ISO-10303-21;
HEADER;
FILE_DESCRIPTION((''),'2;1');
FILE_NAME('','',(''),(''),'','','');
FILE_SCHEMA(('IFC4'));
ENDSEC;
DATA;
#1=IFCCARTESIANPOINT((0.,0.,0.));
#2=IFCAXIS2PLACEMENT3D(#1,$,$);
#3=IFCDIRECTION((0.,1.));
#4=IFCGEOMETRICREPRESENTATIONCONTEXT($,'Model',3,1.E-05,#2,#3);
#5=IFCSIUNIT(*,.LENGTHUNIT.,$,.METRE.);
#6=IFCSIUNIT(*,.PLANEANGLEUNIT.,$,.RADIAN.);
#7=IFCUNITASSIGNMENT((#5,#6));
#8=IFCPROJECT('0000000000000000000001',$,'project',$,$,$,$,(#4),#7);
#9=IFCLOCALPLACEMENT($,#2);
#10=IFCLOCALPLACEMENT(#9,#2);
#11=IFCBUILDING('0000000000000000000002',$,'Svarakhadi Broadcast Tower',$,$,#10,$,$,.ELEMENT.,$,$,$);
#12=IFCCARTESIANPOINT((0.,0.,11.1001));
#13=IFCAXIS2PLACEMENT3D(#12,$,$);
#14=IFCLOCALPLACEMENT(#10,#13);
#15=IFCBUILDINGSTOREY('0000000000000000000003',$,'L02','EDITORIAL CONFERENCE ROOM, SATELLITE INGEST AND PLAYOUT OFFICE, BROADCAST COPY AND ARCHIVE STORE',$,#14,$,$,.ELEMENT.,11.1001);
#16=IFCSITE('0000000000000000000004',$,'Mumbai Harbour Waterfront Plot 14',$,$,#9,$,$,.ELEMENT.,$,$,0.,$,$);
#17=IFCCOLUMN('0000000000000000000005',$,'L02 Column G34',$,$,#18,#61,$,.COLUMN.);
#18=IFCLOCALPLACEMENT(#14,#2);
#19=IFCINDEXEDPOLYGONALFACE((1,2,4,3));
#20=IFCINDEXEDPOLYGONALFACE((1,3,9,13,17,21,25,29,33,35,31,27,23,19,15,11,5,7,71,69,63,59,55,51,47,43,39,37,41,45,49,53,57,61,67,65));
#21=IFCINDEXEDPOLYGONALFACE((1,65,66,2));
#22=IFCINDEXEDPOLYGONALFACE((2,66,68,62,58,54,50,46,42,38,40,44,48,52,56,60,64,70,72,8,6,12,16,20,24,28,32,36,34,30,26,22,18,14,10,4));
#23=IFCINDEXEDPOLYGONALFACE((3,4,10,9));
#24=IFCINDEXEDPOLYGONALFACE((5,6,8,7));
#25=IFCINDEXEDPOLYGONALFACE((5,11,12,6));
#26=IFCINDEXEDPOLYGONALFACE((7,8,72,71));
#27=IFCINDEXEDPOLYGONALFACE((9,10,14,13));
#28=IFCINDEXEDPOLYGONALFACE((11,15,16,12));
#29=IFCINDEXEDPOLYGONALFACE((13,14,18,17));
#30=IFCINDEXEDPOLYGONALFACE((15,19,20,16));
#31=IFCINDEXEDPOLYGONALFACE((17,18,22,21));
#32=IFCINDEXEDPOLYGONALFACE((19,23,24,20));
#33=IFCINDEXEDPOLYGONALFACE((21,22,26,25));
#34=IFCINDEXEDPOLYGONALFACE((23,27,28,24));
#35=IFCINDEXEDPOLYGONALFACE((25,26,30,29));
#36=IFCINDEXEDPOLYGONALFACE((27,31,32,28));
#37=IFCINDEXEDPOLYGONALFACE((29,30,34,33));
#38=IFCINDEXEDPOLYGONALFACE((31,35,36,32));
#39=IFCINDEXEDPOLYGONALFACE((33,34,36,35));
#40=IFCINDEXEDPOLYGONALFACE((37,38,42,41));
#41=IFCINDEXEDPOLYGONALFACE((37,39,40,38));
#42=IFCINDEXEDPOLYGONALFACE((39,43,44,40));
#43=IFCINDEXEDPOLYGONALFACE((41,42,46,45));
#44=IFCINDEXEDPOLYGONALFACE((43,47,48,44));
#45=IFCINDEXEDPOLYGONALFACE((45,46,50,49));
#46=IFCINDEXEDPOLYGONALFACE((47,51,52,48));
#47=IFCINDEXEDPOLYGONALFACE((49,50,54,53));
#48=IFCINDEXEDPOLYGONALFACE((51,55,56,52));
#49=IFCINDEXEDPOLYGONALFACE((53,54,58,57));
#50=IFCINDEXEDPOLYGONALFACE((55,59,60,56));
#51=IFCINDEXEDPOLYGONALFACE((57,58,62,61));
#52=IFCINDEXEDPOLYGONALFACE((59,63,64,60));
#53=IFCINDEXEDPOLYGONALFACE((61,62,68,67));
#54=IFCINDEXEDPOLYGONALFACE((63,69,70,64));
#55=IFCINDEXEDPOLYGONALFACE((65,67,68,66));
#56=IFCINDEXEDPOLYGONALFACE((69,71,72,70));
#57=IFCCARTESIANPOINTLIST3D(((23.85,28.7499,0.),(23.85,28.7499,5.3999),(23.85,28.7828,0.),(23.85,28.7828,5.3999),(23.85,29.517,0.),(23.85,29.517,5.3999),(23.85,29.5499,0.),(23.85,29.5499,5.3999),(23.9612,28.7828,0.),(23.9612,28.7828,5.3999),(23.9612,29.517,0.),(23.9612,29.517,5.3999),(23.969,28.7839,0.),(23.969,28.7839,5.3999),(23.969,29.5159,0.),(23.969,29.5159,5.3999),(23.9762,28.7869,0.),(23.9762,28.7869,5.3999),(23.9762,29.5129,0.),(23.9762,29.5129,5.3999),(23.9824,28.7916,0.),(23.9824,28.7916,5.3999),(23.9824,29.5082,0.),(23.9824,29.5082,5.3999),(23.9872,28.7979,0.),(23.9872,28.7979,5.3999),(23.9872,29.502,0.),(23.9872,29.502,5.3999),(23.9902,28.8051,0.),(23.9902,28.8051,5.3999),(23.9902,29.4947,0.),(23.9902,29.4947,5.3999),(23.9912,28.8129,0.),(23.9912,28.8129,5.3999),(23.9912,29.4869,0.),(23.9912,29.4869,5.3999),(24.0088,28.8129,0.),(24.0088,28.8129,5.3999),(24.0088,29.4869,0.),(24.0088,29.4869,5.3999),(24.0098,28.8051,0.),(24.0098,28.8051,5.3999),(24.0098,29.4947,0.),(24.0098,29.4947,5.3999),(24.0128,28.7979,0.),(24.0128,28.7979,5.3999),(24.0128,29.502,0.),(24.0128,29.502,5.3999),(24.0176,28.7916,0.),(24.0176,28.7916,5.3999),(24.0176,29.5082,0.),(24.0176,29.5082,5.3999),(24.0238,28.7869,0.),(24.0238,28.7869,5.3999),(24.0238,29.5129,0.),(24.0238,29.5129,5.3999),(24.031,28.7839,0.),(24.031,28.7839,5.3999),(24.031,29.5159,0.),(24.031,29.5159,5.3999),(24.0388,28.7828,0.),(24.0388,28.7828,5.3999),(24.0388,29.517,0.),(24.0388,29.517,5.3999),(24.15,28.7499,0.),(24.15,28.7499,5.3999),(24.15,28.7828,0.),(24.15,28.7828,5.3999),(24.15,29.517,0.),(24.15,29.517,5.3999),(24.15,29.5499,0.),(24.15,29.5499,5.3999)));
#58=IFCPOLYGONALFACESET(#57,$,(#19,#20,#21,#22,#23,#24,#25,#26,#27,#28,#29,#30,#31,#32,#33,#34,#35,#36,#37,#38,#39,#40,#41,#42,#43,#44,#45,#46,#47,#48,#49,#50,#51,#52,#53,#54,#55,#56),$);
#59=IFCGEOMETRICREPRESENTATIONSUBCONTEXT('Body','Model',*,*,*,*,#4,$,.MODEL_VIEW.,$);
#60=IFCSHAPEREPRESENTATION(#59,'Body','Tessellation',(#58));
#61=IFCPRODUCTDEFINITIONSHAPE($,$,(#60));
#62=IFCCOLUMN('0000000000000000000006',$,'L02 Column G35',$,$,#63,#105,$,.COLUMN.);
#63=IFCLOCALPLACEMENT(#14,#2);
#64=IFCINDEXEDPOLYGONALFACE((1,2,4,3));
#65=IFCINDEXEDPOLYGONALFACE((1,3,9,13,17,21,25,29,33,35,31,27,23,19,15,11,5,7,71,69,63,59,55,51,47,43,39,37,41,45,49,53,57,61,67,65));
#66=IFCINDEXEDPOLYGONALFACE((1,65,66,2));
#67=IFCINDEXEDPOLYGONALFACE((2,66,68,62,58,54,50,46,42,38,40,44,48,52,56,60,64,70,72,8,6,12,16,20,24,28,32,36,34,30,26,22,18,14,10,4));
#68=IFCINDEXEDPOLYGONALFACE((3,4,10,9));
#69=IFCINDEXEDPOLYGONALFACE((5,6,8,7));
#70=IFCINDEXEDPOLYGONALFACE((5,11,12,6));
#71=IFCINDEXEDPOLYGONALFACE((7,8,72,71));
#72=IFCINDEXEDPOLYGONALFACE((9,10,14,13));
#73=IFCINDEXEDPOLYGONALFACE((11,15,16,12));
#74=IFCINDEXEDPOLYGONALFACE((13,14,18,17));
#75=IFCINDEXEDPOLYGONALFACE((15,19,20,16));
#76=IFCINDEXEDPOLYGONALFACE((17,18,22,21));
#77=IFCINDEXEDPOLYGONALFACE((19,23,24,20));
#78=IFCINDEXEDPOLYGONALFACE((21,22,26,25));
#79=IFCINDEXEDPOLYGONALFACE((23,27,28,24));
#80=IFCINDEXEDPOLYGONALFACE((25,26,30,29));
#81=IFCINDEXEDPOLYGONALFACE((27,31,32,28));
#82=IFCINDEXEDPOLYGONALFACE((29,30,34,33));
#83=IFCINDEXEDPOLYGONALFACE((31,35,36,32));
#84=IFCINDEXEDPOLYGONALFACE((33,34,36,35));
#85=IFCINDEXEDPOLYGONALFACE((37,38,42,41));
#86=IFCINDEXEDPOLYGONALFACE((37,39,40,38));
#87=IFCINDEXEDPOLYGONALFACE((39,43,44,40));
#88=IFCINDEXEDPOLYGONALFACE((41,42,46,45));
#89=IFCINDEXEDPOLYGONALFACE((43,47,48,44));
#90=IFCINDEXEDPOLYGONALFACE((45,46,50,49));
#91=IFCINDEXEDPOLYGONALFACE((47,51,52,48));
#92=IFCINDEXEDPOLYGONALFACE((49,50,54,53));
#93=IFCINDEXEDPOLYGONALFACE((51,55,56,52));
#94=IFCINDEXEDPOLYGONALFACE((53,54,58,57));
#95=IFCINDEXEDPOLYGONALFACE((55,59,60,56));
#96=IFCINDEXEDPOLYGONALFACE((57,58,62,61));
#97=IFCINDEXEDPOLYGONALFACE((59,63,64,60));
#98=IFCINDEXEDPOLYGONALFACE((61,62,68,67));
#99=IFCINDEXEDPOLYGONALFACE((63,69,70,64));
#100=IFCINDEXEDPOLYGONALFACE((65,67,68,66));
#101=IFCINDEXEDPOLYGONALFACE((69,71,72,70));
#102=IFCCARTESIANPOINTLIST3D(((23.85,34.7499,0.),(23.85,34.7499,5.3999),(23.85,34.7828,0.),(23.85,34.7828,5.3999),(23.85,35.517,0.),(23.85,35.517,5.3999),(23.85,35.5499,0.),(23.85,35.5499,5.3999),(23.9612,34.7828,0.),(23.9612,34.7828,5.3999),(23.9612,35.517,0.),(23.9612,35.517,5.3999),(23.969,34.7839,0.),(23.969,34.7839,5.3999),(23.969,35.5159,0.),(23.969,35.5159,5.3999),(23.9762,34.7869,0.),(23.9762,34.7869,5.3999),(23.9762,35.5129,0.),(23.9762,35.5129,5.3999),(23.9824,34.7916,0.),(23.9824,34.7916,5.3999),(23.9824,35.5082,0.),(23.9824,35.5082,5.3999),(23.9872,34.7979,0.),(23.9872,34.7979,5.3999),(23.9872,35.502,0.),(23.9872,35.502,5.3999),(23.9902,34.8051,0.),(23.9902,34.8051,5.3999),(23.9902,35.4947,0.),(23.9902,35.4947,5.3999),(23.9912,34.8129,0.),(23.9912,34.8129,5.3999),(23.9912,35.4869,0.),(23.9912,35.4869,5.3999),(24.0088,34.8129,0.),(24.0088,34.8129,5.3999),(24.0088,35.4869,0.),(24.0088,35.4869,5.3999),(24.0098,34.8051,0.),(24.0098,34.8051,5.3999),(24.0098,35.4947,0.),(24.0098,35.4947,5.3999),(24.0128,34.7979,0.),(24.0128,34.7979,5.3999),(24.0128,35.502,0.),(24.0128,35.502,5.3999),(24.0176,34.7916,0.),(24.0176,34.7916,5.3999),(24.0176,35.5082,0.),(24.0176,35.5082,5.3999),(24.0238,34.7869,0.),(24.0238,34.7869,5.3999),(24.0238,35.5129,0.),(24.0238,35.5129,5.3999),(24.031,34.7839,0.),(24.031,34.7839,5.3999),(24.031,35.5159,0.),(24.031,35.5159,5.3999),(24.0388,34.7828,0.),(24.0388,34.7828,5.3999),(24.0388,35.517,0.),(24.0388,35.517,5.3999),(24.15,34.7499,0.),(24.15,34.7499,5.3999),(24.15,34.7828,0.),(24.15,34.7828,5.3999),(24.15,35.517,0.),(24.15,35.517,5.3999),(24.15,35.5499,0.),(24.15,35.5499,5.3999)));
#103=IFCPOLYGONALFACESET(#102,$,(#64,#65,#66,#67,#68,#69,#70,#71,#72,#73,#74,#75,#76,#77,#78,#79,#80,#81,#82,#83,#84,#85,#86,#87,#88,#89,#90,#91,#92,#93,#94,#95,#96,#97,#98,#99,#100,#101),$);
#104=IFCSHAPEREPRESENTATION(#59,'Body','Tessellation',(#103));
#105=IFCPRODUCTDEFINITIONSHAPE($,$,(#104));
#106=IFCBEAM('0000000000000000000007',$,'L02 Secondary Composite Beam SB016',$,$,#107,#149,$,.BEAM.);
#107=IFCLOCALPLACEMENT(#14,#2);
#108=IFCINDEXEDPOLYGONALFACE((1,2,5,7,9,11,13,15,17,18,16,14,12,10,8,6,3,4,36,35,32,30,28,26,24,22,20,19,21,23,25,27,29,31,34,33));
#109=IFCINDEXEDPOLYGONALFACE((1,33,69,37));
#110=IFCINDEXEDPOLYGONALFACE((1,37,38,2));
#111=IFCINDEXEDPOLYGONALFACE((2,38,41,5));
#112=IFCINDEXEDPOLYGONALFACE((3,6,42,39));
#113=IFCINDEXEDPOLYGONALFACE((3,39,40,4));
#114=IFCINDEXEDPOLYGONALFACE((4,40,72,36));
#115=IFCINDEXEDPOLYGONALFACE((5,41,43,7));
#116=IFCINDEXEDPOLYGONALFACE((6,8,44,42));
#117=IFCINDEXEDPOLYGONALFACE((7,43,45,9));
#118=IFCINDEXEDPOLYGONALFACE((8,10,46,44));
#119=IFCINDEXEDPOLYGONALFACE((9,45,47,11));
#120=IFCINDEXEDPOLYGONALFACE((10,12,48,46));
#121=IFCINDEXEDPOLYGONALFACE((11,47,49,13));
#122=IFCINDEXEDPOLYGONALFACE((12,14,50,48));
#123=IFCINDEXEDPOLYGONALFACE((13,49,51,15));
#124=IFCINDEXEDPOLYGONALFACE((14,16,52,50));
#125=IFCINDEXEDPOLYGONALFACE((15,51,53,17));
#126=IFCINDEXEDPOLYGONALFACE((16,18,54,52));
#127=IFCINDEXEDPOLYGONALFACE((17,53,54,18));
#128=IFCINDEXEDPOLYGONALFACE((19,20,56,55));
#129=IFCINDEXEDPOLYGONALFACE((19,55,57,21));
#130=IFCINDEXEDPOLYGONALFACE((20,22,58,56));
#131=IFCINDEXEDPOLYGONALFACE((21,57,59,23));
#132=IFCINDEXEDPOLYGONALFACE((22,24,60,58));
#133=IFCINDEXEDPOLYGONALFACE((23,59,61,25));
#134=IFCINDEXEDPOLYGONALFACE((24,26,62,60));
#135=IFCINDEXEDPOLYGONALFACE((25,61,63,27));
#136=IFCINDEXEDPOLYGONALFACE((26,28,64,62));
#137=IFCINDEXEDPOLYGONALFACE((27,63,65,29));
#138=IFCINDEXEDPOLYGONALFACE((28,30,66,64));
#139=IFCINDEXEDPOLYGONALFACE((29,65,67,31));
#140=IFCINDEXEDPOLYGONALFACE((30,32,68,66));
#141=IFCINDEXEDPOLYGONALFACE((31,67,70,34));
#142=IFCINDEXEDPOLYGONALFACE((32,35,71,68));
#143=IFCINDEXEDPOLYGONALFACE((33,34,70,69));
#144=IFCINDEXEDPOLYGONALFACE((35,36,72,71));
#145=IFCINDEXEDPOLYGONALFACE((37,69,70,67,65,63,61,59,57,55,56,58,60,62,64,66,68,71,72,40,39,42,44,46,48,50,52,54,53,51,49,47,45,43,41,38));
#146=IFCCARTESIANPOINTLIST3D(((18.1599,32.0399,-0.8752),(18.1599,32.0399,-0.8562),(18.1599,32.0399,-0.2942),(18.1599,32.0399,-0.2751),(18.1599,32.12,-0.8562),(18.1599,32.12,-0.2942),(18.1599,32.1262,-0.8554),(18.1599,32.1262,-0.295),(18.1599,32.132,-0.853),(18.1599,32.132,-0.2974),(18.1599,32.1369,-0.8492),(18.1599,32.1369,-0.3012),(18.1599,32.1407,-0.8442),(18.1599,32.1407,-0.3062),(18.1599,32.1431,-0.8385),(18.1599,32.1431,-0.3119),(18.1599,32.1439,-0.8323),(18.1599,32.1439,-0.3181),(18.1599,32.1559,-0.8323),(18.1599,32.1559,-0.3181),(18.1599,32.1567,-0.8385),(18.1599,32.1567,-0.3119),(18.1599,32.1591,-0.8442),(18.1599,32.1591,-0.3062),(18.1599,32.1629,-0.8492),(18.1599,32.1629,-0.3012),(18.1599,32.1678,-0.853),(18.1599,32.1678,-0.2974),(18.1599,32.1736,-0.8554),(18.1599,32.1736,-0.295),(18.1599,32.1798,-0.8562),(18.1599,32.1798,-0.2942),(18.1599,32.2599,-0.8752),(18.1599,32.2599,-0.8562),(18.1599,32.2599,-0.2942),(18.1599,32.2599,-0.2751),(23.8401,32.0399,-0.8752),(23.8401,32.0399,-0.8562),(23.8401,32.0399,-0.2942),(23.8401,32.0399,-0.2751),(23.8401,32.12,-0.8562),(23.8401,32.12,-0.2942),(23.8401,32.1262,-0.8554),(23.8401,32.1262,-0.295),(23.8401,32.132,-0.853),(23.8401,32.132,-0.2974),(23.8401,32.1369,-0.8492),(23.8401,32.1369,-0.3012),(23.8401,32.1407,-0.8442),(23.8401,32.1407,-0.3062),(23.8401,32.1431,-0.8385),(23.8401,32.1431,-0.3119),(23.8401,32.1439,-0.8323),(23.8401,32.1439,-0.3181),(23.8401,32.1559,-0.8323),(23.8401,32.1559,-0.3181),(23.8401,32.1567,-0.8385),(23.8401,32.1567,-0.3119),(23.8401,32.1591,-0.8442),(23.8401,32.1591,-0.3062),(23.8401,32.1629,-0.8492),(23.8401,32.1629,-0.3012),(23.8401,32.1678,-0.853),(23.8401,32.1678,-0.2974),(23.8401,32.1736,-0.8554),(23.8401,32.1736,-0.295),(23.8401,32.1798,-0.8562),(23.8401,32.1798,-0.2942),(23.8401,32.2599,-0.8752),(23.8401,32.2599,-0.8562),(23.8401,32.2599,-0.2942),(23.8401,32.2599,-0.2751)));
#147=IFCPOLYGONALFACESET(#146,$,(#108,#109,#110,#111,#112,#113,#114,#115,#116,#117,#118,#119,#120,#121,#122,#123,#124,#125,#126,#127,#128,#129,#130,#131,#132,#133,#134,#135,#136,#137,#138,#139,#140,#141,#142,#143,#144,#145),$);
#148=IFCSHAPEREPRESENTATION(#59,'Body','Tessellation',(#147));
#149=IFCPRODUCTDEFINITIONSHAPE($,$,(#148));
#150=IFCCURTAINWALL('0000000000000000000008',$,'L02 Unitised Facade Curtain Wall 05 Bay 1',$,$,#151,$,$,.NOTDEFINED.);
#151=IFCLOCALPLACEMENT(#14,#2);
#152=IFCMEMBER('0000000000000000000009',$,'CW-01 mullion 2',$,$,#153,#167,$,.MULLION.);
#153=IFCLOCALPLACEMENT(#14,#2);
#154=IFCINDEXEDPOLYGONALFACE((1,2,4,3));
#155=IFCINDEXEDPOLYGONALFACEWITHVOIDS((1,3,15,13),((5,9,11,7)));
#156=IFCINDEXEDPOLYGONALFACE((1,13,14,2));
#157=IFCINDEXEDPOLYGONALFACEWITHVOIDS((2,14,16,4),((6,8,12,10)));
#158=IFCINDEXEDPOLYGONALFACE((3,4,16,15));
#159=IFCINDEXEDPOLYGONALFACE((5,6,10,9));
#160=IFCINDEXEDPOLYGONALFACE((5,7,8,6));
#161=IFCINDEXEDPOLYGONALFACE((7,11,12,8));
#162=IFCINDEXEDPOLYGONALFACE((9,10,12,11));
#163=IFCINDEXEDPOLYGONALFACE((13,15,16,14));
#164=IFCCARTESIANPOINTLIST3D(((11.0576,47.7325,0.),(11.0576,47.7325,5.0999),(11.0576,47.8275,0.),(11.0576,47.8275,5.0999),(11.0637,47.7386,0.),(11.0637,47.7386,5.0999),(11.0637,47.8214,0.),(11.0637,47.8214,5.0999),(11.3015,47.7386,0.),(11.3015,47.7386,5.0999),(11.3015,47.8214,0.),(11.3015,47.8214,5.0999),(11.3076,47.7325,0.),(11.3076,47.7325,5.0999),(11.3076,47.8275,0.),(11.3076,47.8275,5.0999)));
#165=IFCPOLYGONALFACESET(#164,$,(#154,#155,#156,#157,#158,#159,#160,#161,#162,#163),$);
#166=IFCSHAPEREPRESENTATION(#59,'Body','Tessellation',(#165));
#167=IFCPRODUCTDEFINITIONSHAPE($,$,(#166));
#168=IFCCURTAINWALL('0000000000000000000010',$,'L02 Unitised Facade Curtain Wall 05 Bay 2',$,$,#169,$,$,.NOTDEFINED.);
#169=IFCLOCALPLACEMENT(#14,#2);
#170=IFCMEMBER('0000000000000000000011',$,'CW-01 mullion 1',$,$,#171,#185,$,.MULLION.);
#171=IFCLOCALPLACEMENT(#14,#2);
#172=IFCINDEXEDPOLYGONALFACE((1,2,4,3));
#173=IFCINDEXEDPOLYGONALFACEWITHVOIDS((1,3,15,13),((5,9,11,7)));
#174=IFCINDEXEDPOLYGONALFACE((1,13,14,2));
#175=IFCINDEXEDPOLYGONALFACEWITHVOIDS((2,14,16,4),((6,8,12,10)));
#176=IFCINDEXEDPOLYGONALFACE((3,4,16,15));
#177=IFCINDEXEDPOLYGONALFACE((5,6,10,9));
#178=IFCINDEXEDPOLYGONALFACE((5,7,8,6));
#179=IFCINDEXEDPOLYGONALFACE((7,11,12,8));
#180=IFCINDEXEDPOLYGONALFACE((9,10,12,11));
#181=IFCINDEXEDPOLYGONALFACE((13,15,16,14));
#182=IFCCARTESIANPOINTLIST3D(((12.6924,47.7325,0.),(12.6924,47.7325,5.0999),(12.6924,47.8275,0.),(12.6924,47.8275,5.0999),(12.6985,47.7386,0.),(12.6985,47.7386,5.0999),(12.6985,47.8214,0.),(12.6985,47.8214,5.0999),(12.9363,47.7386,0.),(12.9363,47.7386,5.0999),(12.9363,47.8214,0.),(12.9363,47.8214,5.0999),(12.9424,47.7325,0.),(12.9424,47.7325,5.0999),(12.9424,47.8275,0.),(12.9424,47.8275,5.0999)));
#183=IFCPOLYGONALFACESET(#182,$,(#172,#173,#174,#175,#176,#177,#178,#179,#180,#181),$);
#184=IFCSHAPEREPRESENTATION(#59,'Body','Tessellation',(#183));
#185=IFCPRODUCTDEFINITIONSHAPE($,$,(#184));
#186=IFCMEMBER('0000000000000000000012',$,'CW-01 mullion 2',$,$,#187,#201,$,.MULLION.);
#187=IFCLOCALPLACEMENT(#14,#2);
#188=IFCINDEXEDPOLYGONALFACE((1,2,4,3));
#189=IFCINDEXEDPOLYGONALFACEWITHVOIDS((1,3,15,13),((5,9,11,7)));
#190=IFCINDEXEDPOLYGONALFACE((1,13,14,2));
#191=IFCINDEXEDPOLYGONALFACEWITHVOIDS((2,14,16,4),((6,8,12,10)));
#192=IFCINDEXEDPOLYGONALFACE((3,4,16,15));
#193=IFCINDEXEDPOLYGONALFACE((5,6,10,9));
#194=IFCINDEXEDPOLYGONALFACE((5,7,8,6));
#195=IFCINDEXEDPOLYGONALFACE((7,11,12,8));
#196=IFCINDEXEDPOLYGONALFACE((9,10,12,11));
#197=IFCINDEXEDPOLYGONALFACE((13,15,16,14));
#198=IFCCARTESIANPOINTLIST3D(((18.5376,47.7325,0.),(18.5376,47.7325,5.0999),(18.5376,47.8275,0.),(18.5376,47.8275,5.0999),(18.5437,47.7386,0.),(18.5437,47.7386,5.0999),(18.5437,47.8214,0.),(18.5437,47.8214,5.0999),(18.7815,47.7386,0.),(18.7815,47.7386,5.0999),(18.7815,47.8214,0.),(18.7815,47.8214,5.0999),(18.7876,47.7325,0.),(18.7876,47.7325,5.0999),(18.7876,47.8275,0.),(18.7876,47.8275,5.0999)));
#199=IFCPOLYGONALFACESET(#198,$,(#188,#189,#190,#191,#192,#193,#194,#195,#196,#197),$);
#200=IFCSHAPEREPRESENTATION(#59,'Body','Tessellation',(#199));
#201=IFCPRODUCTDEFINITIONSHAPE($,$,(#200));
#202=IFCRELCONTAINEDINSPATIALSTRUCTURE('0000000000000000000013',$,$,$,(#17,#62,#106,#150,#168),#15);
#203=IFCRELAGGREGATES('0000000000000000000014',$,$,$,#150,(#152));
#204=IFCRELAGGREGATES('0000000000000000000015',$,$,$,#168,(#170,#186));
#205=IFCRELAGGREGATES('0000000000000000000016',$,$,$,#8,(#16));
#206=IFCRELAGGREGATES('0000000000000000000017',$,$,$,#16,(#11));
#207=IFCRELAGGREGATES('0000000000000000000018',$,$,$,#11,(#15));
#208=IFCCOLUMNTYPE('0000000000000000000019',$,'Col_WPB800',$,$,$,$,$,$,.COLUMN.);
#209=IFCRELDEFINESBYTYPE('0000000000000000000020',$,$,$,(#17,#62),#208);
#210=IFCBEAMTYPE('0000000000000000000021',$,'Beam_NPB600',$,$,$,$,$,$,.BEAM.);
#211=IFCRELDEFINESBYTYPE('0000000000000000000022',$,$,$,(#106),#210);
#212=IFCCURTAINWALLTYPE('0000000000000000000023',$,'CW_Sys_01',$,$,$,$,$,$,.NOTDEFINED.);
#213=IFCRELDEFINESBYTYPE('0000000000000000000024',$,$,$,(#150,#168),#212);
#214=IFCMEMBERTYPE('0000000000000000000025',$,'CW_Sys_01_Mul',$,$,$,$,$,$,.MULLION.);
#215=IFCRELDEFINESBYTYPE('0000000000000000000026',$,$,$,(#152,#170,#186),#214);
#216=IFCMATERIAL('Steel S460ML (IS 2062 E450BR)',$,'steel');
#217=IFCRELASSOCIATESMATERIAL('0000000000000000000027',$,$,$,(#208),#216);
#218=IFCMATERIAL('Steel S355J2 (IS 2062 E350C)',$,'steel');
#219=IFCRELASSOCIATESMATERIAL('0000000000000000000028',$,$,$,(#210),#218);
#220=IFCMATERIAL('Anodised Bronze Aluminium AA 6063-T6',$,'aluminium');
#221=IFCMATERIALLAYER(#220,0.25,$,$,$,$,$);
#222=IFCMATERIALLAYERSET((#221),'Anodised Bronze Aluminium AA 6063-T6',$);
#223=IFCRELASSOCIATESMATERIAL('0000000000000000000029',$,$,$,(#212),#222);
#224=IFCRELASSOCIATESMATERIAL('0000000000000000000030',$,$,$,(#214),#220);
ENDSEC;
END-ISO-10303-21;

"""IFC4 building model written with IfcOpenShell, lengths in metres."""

from ifc_helpers import new_model, si_unit, direction, frame, origin, origin_2d, place, context, subcontext, project, spatial, hollow_rectangle, i_section, extrude, material, layer, layer_set, material_profile, profile_set, type_object, element, aggregate, save


model = new_model("IFC4")

# Units and contexts
model_context = context("Model", 3, precision=1e-05, world=origin(), true_north=direction((0.0, 1.0)))
body_context = subcontext(model_context, "Body", "Model", "MODEL_VIEW")
ifc_project = project(units=[si_unit("LENGTHUNIT", "METRE"), si_unit("PLANEANGLEUNIT", "RADIAN")], contexts=[model_context])

# Site, building, storey
site_placement = place(None, origin())
site = spatial("IfcSite", under=ifc_project, at=site_placement, Name="Mumbai Harbour Waterfront Plot 14", CompositionType="ELEMENT", RefElevation=0.0)
building_placement = place(site_placement, origin())
building = spatial("IfcBuilding", under=site, at=building_placement, Name="Svarakhadi Broadcast Tower", CompositionType="ELEMENT")
storey_placement = place(building_placement, frame((0.0, 0.0, 11.1001)))
storey = spatial("IfcBuildingStorey", under=building, at=storey_placement, Name="L02", Description="EDITORIAL CONFERENCE ROOM, SATELLITE INGEST AND PLAYOUT OFFICE, BROADCAST COPY AND ARCHIVE STORE", CompositionType="ELEMENT", Elevation=11.1001)

# Columns
ifc_material_1 = material(Name="Steel S460ML (IS 2062 E450BR)", Category="steel")
ifc_material_profile_1 = material_profile(ifc_material_1, i_section(OverallWidth=0.3, OverallDepth=0.8, WebThickness=0.0176, FlangeThickness=0.033, FilletRadius=0.03, at=origin_2d()), Name="WPB 800x300x262")
ifc_profile_set_1 = profile_set([ifc_material_profile_1], Name="Steel S460ML (IS 2062 E450BR)")
column_type_1 = type_object("IfcColumnType", Name="Col_WPB800", PredefinedType="COLUMN", material=ifc_profile_set_1)
for number, where, z_axis, x_axis, name in (
    (1, (24.0, 29.1499, 0.0), (0.0, 0.0, 1.0), (1.0, 0.0, 0.0), "L02 Column G34"),
    (2, (24.0, 35.1499, 0.0), (0.0, 0.0, 1.0), (1.0, 0.0, 0.0), "L02 Column G35"),
):
    element("IfcColumn", number, at=place(storey_placement, frame(where, z_axis=z_axis, x_axis=x_axis)), inside=storey, type_object=column_type_1, Name=name, PredefinedType="COLUMN", context=body_context, shape_type="SweptSolid", body=[
        extrude(i_section(OverallWidth=0.3, OverallDepth=0.8, WebThickness=0.0176, FlangeThickness=0.033, FilletRadius=0.03, at=origin_2d()), origin(), (0.0, 0.0, 1.0), 5.3999),
    ])

# Beam
ifc_material_2 = material(Name="Steel S355J2 (IS 2062 E350C)", Category="steel")
ifc_material_profile_2 = material_profile(ifc_material_2, i_section(OverallWidth=0.22, OverallDepth=0.6001, WebThickness=0.012, FlangeThickness=0.019, FilletRadius=0.0239, at=origin_2d()), Name="NPB 600x220x122")
ifc_profile_set_2 = profile_set([ifc_material_profile_2], Name="Steel S355J2 (IS 2062 E350C)")
beam_type_1 = type_object("IfcBeamType", Name="Beam_NPB600", PredefinedType="BEAM", material=ifc_profile_set_2)
beam_placement = place(storey_placement, frame((18.1599, 32.1499, -0.5752), z_axis=(1.0, 0.0, 0.0), x_axis=(0.0, 1.0, 0.0)))
element("IfcBeam", 3, at=beam_placement, inside=storey, type_object=beam_type_1, Name="L02 Secondary Composite Beam SB016", PredefinedType="BEAM", context=body_context, shape_type="SweptSolid", body=[
    extrude(i_section(OverallWidth=0.22, OverallDepth=0.6001, WebThickness=0.012, FlangeThickness=0.019, FilletRadius=0.0239, at=origin_2d()), origin(), (0.0, 0.0, 1.0), 5.6802),
])

# Curtain wall, member
ifc_material_3 = material(Name="Anodised Bronze Aluminium AA 6063-T6", Category="aluminium")
ifc_layer_1 = layer(ifc_material_3, 0.25)
ifc_layer_set_1 = layer_set([ifc_layer_1], Name="Anodised Bronze Aluminium AA 6063-T6")
curtain_wall_type = type_object("IfcCurtainWallType", Name="CW_Sys_01", PredefinedType="NOTDEFINED", material=ifc_layer_set_1)
curtain_wall_1_placement = place(storey_placement, origin())
curtain_wall_1 = element("IfcCurtainWall", 4, at=curtain_wall_1_placement, inside=storey, type_object=curtain_wall_type, Name="L02 Unitised Facade Curtain Wall 05 Bay 1", PredefinedType="NOTDEFINED")
ifc_material_profile_3 = material_profile(ifc_material_3, hollow_rectangle(XDim=0.095, YDim=0.25, WallThickness=0.0061, at=origin_2d()), Name="ALU MULLION 250x95x6")
ifc_profile_set_3 = profile_set([ifc_material_profile_3], Name="Anodised Bronze Aluminium AA 6063-T6")
member_type_1 = type_object("IfcMemberType", Name="CW_Sys_01_Mul", PredefinedType="MULLION", material=ifc_profile_set_3)
member_1_placement = place(storey_placement, frame((11.1826, 47.78, 0.0), z_axis=(0.0, 0.0, 1.0), x_axis=(0.0, 1.0, 0.0)))
member_1 = element("IfcMember", 5, at=member_1_placement, type_object=member_type_1, Name="CW-01 mullion 2", PredefinedType="MULLION", context=body_context, shape_type="SweptSolid", body=[
    extrude(hollow_rectangle(XDim=0.095, YDim=0.25, WallThickness=0.0061, at=origin_2d()), origin(), (0.0, 0.0, 1.0), 5.0999),
])

# Curtain wall, members
curtain_wall_2_placement = place(storey_placement, origin())
curtain_wall_2 = element("IfcCurtainWall", 6, at=curtain_wall_2_placement, inside=storey, type_object=curtain_wall_type, Name="L02 Unitised Facade Curtain Wall 05 Bay 2", PredefinedType="NOTDEFINED")
member_2_placement = place(storey_placement, frame((12.8174, 47.78, 0.0), z_axis=(0.0, 0.0, 1.0), x_axis=(0.0, 1.0, 0.0)))
member_2 = element("IfcMember", 7, at=member_2_placement, type_object=member_type_1, Name="CW-01 mullion 1", PredefinedType="MULLION", context=body_context, shape_type="SweptSolid", body=[
    extrude(hollow_rectangle(XDim=0.095, YDim=0.25, WallThickness=0.0061, at=origin_2d()), origin(), (0.0, 0.0, 1.0), 5.0999),
])
member_3_placement = place(storey_placement, frame((18.6626, 47.78, 0.0), z_axis=(0.0, 0.0, 1.0), x_axis=(0.0, 1.0, 0.0)))
member_3 = element("IfcMember", 8, at=member_3_placement, type_object=member_type_1, Name="CW-01 mullion 2", PredefinedType="MULLION", context=body_context, shape_type="SweptSolid", body=[
    extrude(hollow_rectangle(XDim=0.095, YDim=0.25, WallThickness=0.0061, at=origin_2d()), origin(), (0.0, 0.0, 1.0), 5.0999),
])

aggregate(curtain_wall_1, [member_1])
aggregate(curtain_wall_2, [member_2, member_3])

save(model, "model.ifc")
